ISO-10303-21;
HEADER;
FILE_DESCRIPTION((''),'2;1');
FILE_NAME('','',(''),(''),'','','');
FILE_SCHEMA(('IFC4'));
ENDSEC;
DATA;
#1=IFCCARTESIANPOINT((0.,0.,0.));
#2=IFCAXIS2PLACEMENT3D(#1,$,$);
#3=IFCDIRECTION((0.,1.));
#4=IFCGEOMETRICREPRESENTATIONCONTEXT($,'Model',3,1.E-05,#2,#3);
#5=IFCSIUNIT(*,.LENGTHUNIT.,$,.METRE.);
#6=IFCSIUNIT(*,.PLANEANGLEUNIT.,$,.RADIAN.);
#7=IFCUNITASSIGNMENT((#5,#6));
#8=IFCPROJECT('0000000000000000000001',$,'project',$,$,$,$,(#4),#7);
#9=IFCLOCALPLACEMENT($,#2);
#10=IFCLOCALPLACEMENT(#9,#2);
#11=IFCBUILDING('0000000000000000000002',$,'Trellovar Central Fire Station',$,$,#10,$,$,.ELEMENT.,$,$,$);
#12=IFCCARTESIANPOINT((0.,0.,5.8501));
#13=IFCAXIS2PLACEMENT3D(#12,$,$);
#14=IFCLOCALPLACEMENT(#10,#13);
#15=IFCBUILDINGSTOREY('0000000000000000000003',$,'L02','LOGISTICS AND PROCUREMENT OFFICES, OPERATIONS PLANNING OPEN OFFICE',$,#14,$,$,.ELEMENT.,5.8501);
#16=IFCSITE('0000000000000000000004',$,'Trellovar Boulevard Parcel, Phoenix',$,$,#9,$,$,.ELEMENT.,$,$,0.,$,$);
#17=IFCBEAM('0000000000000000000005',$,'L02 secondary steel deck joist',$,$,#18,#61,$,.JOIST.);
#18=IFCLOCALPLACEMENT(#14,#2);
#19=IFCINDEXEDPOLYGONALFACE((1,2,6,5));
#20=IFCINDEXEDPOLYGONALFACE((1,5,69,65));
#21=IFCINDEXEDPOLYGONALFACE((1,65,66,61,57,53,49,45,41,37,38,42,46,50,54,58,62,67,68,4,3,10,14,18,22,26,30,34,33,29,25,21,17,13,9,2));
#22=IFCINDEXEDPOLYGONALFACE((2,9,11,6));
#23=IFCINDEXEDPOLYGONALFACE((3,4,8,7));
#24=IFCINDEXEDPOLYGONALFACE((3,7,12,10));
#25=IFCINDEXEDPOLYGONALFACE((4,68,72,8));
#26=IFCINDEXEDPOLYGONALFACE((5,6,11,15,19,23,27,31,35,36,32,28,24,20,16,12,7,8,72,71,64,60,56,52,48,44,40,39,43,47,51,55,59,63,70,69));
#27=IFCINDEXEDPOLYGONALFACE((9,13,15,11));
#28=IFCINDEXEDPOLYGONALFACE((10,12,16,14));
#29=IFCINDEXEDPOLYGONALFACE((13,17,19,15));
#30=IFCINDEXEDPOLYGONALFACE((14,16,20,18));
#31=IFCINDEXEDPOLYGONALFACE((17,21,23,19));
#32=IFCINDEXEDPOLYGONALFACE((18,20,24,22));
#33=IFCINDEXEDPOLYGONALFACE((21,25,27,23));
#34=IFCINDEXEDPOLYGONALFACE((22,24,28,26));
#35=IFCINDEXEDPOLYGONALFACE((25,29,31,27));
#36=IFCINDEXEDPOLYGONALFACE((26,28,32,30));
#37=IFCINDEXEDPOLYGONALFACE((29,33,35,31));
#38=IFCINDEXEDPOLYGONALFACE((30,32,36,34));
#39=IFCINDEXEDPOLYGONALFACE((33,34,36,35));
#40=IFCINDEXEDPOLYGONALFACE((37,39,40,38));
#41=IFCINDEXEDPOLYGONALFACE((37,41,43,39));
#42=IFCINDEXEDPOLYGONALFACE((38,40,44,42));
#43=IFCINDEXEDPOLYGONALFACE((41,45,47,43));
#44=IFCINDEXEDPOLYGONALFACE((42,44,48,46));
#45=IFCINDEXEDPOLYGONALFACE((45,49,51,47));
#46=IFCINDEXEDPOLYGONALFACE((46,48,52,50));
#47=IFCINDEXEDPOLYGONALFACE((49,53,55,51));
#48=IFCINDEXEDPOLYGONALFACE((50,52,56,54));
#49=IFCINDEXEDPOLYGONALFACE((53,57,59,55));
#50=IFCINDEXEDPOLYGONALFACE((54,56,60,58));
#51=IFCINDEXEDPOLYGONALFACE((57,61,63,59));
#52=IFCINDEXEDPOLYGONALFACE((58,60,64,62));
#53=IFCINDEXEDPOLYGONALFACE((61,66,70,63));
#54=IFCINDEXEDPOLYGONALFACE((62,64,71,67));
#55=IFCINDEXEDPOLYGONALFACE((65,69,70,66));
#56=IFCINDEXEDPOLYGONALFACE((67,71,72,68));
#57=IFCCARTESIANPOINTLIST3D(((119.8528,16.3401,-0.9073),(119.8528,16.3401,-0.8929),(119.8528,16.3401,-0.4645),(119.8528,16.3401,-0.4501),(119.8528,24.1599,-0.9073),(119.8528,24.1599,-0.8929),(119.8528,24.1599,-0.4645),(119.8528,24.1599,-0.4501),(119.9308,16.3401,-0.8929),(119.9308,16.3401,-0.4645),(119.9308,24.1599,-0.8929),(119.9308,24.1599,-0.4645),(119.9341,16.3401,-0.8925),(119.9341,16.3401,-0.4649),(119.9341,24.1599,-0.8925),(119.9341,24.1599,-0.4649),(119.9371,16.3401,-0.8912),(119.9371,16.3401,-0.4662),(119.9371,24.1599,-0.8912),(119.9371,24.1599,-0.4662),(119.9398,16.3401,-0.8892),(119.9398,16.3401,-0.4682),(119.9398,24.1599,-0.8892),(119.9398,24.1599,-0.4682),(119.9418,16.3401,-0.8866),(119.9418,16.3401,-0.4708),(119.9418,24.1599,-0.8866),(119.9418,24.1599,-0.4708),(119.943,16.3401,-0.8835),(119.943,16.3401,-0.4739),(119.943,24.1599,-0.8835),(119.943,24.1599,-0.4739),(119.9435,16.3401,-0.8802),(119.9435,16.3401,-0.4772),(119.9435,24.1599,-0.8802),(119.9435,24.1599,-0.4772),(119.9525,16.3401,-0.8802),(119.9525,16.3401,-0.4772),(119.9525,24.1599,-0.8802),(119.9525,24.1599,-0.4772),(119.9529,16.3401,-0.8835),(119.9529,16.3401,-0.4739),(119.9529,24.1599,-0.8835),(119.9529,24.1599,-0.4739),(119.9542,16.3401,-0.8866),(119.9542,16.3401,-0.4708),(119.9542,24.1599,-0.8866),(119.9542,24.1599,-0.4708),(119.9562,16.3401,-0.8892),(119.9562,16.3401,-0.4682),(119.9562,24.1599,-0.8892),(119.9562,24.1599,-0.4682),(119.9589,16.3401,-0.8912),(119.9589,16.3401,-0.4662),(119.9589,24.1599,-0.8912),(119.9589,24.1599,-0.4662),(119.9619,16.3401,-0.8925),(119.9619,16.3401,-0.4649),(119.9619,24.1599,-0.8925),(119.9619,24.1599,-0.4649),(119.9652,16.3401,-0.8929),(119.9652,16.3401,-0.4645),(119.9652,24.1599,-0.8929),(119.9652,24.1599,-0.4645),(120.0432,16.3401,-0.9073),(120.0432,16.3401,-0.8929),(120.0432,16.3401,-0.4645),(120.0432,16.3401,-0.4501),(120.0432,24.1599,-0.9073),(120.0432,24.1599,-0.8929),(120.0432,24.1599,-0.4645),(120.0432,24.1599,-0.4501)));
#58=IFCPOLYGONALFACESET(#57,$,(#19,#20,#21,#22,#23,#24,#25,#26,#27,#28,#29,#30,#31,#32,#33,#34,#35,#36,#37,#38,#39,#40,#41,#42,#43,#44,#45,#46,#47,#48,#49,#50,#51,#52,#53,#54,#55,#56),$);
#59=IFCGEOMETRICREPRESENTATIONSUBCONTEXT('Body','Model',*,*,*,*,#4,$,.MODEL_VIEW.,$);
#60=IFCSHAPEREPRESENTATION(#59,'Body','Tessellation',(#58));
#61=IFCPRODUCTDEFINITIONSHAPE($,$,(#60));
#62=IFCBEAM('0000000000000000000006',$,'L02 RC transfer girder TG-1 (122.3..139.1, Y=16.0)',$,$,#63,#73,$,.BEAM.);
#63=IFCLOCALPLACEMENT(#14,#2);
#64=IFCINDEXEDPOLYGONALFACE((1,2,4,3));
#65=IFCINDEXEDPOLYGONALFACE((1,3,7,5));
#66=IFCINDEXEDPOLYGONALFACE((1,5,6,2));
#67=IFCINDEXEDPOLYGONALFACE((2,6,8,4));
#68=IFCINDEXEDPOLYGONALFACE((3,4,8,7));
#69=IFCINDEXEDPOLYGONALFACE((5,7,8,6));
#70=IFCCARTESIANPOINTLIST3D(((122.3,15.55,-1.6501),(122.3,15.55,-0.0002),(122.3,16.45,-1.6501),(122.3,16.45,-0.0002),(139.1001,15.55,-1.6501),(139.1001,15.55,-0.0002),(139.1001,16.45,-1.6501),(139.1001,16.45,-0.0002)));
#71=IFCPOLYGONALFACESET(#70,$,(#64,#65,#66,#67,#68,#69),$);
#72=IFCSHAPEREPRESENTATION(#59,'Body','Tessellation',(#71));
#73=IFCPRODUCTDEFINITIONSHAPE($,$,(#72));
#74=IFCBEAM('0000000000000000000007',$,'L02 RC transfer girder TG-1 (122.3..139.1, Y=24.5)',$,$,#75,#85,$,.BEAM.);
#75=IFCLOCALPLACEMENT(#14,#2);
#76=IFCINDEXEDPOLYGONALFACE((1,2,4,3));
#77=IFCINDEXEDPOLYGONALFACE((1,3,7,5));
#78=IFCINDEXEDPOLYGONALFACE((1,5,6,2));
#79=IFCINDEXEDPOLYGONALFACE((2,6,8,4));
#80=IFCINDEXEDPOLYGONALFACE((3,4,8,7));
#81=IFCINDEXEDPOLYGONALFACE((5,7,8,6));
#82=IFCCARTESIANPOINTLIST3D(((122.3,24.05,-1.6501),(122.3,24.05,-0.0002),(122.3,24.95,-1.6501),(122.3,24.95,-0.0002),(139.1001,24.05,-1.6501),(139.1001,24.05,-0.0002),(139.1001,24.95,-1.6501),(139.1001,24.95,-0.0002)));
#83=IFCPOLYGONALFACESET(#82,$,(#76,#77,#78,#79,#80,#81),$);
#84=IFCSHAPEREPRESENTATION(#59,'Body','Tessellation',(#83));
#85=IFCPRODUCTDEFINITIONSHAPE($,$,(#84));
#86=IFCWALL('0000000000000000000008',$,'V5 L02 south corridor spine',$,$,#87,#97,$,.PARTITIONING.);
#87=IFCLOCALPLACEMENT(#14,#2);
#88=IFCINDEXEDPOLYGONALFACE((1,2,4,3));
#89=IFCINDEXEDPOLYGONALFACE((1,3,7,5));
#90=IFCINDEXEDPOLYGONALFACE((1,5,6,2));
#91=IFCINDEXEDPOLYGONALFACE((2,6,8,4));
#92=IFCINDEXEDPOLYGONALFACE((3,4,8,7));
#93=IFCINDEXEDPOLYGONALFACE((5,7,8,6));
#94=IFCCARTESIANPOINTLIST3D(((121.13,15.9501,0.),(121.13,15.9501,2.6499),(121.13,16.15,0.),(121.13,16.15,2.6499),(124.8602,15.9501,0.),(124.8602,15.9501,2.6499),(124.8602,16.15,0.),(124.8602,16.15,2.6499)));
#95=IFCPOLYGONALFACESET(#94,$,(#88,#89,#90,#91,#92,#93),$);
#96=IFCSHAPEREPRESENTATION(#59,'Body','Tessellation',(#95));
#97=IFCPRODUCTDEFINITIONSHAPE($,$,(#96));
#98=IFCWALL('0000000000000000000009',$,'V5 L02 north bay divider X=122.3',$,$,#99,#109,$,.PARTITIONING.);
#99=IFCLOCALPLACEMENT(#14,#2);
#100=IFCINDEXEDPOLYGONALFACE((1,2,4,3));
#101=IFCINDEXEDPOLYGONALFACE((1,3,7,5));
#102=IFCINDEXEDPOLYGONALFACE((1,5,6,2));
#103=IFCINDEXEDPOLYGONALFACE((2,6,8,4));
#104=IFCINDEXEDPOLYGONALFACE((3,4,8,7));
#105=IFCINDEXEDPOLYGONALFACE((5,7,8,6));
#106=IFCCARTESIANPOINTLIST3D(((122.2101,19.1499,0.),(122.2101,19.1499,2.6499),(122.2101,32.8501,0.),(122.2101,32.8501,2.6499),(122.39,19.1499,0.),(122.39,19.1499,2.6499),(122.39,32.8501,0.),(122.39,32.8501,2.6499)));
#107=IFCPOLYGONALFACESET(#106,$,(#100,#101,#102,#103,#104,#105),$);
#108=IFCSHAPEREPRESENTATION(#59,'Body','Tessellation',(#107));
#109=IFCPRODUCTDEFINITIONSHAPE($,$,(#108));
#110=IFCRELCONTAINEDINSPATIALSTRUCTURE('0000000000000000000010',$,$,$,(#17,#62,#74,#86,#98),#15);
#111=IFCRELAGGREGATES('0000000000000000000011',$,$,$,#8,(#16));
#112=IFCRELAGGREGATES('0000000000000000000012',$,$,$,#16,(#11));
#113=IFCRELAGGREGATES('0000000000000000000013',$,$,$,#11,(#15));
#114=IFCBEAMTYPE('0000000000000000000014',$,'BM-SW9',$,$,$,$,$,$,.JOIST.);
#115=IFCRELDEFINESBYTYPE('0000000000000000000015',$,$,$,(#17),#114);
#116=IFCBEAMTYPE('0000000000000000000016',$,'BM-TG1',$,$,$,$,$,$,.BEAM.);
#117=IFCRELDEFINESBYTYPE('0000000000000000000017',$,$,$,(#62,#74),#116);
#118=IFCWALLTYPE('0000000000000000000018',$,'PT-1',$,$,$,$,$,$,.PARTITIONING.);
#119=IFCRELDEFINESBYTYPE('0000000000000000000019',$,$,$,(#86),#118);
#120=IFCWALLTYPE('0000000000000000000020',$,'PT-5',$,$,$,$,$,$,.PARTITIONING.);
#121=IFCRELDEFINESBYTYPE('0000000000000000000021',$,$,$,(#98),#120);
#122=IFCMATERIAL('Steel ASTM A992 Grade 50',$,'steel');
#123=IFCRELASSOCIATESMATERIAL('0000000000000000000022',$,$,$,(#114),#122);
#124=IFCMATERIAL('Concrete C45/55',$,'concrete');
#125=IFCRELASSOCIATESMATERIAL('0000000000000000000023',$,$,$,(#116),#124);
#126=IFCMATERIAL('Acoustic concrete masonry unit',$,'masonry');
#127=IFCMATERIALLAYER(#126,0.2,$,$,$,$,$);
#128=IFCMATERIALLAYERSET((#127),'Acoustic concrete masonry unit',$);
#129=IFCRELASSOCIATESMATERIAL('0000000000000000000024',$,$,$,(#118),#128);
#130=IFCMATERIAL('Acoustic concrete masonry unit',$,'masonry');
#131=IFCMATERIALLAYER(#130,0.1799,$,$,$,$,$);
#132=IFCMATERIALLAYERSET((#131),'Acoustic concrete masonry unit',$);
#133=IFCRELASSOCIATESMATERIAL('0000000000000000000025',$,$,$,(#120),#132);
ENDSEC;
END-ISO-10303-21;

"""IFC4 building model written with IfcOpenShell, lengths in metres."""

from ifc_helpers import new_model, si_unit, direction, frame, frame_2d, origin, origin_2d, place, context, subcontext, project, spatial, rectangle, i_section, extrude, material, layer, layer_set, material_profile, profile_set, type_object, element, save


model = new_model("IFC4")

# Units and contexts
model_context = context("Model", 3, precision=1e-05, world=origin(), true_north=direction((0.0, 1.0)))
body_context = subcontext(model_context, "Body", "Model", "MODEL_VIEW")
ifc_project = project(units=[si_unit("LENGTHUNIT", "METRE"), si_unit("PLANEANGLEUNIT", "RADIAN")], contexts=[model_context])

# Site, building, storey
site_placement = place(None, origin())
site = spatial("IfcSite", under=ifc_project, at=site_placement, Name="Trellovar Boulevard Parcel, Phoenix", CompositionType="ELEMENT", RefElevation=0.0)
building_placement = place(site_placement, origin())
building = spatial("IfcBuilding", under=site, at=building_placement, Name="Trellovar Central Fire Station", CompositionType="ELEMENT")
storey_placement = place(building_placement, frame((0.0, 0.0, 5.8501)))
storey = spatial("IfcBuildingStorey", under=building, at=storey_placement, Name="L02", Description="LOGISTICS AND PROCUREMENT OFFICES, OPERATIONS PLANNING OPEN OFFICE", CompositionType="ELEMENT", Elevation=5.8501)

# Beams
ifc_material_1 = material(Name="Steel ASTM A992 Grade 50", Category="steel")
ifc_material_profile_1 = material_profile(ifc_material_1, i_section(OverallWidth=0.1904, OverallDepth=0.4573, WebThickness=0.009, FlangeThickness=0.0144, FilletRadius=0.0127, at=origin_2d()), Name="W18X50")
ifc_profile_set_1 = profile_set([ifc_material_profile_1], Name="Steel ASTM A992 Grade 50")
beam_type_1 = type_object("IfcBeamType", Name="BM-SW9", PredefinedType="JOIST", material=ifc_profile_set_1)
beam_1_placement = place(storey_placement, frame((119.948, 16.3401, -0.6787), z_axis=(0.0, 1.0, 0.0), x_axis=(-1.0, 0.0, 0.0)))
element("IfcBeam", 1, at=beam_1_placement, inside=storey, type_object=beam_type_1, Name="L02 secondary steel deck joist", PredefinedType="JOIST", context=body_context, shape_type="SweptSolid", body=[
    extrude(i_section(OverallWidth=0.1904, OverallDepth=0.4573, WebThickness=0.009, FlangeThickness=0.0144, FilletRadius=0.0127, at=origin_2d()), origin(), (0.0, 0.0, 1.0), 7.8198),
])
ifc_material_2 = material(Name="Concrete C45/55", Category="concrete")
ifc_material_profile_2 = material_profile(ifc_material_2, rectangle(XDim=0.8999, YDim=1.6499, at=origin_2d()), Name="RC900X1650")
ifc_profile_set_2 = profile_set([ifc_material_profile_2], Name="Concrete C45/55")
beam_type_2 = type_object("IfcBeamType", Name="BM-TG1", PredefinedType="BEAM", material=ifc_profile_set_2)
for number, where, z_axis, x_axis, name in (
    (2, (122.3, 16.0, -0.8252), (1.0, 0.0, 0.0), (0.0, 1.0, 0.0), "L02 RC transfer girder TG-1 (122.3..139.1, Y=16.0)"),
    (3, (122.3, 24.5, -0.8252), (1.0, 0.0, 0.0), (0.0, 1.0, 0.0), "L02 RC transfer girder TG-1 (122.3..139.1, Y=24.5)"),
):
    element("IfcBeam", number, at=place(storey_placement, frame(where, z_axis=z_axis, x_axis=x_axis)), inside=storey, type_object=beam_type_2, Name=name, PredefinedType="BEAM", context=body_context, shape_type="SweptSolid", body=[
        extrude(rectangle(XDim=0.8999, YDim=1.6499, at=origin_2d()), origin(), (0.0, 0.0, 1.0), 16.8),
    ])

# Wall
ifc_material_3 = material(Name="Acoustic concrete masonry unit", Category="masonry")
ifc_layer_1 = layer(ifc_material_3, 0.2)
ifc_layer_set_1 = layer_set([ifc_layer_1], Name="Acoustic concrete masonry unit")
wall_type_1 = type_object("IfcWallType", Name="PT-1", PredefinedType="PARTITIONING", material=ifc_layer_set_1)
wall_1_placement = place(storey_placement, frame((121.1299, 16.05, 0.0), z_axis=(0.0, 0.0, 1.0), x_axis=(1.0, 0.0, 0.0)))
element("IfcWall", 4, at=wall_1_placement, inside=storey, type_object=wall_type_1, Name="V5 L02 south corridor spine", PredefinedType="PARTITIONING", context=body_context, shape_type="SweptSolid", body=[
    extrude(rectangle(XDim=3.7302, YDim=0.2, at=frame_2d((1.8652, 0.0))), origin(), (0.0, 0.0, 1.0), 2.6499),
])

# Wall
ifc_material_4 = material(Name="Acoustic concrete masonry unit", Category="masonry")
ifc_layer_2 = layer(ifc_material_4, 0.1799)
ifc_layer_set_2 = layer_set([ifc_layer_2], Name="Acoustic concrete masonry unit")
wall_type_2 = type_object("IfcWallType", Name="PT-5", PredefinedType="PARTITIONING", material=ifc_layer_set_2)
wall_2_placement = place(storey_placement, frame((122.3, 19.1499, 0.0), z_axis=(0.0, 0.0, 1.0), x_axis=(0.0, 1.0, 0.0)))
element("IfcWall", 5, at=wall_2_placement, inside=storey, type_object=wall_type_2, Name="V5 L02 north bay divider X=122.3", PredefinedType="PARTITIONING", context=body_context, shape_type="SweptSolid", body=[
    extrude(rectangle(XDim=13.7002, YDim=0.1799, at=frame_2d((6.8501, 0.0))), origin(), (0.0, 0.0, 1.0), 2.6499),
])

save(model, "model.ifc")
